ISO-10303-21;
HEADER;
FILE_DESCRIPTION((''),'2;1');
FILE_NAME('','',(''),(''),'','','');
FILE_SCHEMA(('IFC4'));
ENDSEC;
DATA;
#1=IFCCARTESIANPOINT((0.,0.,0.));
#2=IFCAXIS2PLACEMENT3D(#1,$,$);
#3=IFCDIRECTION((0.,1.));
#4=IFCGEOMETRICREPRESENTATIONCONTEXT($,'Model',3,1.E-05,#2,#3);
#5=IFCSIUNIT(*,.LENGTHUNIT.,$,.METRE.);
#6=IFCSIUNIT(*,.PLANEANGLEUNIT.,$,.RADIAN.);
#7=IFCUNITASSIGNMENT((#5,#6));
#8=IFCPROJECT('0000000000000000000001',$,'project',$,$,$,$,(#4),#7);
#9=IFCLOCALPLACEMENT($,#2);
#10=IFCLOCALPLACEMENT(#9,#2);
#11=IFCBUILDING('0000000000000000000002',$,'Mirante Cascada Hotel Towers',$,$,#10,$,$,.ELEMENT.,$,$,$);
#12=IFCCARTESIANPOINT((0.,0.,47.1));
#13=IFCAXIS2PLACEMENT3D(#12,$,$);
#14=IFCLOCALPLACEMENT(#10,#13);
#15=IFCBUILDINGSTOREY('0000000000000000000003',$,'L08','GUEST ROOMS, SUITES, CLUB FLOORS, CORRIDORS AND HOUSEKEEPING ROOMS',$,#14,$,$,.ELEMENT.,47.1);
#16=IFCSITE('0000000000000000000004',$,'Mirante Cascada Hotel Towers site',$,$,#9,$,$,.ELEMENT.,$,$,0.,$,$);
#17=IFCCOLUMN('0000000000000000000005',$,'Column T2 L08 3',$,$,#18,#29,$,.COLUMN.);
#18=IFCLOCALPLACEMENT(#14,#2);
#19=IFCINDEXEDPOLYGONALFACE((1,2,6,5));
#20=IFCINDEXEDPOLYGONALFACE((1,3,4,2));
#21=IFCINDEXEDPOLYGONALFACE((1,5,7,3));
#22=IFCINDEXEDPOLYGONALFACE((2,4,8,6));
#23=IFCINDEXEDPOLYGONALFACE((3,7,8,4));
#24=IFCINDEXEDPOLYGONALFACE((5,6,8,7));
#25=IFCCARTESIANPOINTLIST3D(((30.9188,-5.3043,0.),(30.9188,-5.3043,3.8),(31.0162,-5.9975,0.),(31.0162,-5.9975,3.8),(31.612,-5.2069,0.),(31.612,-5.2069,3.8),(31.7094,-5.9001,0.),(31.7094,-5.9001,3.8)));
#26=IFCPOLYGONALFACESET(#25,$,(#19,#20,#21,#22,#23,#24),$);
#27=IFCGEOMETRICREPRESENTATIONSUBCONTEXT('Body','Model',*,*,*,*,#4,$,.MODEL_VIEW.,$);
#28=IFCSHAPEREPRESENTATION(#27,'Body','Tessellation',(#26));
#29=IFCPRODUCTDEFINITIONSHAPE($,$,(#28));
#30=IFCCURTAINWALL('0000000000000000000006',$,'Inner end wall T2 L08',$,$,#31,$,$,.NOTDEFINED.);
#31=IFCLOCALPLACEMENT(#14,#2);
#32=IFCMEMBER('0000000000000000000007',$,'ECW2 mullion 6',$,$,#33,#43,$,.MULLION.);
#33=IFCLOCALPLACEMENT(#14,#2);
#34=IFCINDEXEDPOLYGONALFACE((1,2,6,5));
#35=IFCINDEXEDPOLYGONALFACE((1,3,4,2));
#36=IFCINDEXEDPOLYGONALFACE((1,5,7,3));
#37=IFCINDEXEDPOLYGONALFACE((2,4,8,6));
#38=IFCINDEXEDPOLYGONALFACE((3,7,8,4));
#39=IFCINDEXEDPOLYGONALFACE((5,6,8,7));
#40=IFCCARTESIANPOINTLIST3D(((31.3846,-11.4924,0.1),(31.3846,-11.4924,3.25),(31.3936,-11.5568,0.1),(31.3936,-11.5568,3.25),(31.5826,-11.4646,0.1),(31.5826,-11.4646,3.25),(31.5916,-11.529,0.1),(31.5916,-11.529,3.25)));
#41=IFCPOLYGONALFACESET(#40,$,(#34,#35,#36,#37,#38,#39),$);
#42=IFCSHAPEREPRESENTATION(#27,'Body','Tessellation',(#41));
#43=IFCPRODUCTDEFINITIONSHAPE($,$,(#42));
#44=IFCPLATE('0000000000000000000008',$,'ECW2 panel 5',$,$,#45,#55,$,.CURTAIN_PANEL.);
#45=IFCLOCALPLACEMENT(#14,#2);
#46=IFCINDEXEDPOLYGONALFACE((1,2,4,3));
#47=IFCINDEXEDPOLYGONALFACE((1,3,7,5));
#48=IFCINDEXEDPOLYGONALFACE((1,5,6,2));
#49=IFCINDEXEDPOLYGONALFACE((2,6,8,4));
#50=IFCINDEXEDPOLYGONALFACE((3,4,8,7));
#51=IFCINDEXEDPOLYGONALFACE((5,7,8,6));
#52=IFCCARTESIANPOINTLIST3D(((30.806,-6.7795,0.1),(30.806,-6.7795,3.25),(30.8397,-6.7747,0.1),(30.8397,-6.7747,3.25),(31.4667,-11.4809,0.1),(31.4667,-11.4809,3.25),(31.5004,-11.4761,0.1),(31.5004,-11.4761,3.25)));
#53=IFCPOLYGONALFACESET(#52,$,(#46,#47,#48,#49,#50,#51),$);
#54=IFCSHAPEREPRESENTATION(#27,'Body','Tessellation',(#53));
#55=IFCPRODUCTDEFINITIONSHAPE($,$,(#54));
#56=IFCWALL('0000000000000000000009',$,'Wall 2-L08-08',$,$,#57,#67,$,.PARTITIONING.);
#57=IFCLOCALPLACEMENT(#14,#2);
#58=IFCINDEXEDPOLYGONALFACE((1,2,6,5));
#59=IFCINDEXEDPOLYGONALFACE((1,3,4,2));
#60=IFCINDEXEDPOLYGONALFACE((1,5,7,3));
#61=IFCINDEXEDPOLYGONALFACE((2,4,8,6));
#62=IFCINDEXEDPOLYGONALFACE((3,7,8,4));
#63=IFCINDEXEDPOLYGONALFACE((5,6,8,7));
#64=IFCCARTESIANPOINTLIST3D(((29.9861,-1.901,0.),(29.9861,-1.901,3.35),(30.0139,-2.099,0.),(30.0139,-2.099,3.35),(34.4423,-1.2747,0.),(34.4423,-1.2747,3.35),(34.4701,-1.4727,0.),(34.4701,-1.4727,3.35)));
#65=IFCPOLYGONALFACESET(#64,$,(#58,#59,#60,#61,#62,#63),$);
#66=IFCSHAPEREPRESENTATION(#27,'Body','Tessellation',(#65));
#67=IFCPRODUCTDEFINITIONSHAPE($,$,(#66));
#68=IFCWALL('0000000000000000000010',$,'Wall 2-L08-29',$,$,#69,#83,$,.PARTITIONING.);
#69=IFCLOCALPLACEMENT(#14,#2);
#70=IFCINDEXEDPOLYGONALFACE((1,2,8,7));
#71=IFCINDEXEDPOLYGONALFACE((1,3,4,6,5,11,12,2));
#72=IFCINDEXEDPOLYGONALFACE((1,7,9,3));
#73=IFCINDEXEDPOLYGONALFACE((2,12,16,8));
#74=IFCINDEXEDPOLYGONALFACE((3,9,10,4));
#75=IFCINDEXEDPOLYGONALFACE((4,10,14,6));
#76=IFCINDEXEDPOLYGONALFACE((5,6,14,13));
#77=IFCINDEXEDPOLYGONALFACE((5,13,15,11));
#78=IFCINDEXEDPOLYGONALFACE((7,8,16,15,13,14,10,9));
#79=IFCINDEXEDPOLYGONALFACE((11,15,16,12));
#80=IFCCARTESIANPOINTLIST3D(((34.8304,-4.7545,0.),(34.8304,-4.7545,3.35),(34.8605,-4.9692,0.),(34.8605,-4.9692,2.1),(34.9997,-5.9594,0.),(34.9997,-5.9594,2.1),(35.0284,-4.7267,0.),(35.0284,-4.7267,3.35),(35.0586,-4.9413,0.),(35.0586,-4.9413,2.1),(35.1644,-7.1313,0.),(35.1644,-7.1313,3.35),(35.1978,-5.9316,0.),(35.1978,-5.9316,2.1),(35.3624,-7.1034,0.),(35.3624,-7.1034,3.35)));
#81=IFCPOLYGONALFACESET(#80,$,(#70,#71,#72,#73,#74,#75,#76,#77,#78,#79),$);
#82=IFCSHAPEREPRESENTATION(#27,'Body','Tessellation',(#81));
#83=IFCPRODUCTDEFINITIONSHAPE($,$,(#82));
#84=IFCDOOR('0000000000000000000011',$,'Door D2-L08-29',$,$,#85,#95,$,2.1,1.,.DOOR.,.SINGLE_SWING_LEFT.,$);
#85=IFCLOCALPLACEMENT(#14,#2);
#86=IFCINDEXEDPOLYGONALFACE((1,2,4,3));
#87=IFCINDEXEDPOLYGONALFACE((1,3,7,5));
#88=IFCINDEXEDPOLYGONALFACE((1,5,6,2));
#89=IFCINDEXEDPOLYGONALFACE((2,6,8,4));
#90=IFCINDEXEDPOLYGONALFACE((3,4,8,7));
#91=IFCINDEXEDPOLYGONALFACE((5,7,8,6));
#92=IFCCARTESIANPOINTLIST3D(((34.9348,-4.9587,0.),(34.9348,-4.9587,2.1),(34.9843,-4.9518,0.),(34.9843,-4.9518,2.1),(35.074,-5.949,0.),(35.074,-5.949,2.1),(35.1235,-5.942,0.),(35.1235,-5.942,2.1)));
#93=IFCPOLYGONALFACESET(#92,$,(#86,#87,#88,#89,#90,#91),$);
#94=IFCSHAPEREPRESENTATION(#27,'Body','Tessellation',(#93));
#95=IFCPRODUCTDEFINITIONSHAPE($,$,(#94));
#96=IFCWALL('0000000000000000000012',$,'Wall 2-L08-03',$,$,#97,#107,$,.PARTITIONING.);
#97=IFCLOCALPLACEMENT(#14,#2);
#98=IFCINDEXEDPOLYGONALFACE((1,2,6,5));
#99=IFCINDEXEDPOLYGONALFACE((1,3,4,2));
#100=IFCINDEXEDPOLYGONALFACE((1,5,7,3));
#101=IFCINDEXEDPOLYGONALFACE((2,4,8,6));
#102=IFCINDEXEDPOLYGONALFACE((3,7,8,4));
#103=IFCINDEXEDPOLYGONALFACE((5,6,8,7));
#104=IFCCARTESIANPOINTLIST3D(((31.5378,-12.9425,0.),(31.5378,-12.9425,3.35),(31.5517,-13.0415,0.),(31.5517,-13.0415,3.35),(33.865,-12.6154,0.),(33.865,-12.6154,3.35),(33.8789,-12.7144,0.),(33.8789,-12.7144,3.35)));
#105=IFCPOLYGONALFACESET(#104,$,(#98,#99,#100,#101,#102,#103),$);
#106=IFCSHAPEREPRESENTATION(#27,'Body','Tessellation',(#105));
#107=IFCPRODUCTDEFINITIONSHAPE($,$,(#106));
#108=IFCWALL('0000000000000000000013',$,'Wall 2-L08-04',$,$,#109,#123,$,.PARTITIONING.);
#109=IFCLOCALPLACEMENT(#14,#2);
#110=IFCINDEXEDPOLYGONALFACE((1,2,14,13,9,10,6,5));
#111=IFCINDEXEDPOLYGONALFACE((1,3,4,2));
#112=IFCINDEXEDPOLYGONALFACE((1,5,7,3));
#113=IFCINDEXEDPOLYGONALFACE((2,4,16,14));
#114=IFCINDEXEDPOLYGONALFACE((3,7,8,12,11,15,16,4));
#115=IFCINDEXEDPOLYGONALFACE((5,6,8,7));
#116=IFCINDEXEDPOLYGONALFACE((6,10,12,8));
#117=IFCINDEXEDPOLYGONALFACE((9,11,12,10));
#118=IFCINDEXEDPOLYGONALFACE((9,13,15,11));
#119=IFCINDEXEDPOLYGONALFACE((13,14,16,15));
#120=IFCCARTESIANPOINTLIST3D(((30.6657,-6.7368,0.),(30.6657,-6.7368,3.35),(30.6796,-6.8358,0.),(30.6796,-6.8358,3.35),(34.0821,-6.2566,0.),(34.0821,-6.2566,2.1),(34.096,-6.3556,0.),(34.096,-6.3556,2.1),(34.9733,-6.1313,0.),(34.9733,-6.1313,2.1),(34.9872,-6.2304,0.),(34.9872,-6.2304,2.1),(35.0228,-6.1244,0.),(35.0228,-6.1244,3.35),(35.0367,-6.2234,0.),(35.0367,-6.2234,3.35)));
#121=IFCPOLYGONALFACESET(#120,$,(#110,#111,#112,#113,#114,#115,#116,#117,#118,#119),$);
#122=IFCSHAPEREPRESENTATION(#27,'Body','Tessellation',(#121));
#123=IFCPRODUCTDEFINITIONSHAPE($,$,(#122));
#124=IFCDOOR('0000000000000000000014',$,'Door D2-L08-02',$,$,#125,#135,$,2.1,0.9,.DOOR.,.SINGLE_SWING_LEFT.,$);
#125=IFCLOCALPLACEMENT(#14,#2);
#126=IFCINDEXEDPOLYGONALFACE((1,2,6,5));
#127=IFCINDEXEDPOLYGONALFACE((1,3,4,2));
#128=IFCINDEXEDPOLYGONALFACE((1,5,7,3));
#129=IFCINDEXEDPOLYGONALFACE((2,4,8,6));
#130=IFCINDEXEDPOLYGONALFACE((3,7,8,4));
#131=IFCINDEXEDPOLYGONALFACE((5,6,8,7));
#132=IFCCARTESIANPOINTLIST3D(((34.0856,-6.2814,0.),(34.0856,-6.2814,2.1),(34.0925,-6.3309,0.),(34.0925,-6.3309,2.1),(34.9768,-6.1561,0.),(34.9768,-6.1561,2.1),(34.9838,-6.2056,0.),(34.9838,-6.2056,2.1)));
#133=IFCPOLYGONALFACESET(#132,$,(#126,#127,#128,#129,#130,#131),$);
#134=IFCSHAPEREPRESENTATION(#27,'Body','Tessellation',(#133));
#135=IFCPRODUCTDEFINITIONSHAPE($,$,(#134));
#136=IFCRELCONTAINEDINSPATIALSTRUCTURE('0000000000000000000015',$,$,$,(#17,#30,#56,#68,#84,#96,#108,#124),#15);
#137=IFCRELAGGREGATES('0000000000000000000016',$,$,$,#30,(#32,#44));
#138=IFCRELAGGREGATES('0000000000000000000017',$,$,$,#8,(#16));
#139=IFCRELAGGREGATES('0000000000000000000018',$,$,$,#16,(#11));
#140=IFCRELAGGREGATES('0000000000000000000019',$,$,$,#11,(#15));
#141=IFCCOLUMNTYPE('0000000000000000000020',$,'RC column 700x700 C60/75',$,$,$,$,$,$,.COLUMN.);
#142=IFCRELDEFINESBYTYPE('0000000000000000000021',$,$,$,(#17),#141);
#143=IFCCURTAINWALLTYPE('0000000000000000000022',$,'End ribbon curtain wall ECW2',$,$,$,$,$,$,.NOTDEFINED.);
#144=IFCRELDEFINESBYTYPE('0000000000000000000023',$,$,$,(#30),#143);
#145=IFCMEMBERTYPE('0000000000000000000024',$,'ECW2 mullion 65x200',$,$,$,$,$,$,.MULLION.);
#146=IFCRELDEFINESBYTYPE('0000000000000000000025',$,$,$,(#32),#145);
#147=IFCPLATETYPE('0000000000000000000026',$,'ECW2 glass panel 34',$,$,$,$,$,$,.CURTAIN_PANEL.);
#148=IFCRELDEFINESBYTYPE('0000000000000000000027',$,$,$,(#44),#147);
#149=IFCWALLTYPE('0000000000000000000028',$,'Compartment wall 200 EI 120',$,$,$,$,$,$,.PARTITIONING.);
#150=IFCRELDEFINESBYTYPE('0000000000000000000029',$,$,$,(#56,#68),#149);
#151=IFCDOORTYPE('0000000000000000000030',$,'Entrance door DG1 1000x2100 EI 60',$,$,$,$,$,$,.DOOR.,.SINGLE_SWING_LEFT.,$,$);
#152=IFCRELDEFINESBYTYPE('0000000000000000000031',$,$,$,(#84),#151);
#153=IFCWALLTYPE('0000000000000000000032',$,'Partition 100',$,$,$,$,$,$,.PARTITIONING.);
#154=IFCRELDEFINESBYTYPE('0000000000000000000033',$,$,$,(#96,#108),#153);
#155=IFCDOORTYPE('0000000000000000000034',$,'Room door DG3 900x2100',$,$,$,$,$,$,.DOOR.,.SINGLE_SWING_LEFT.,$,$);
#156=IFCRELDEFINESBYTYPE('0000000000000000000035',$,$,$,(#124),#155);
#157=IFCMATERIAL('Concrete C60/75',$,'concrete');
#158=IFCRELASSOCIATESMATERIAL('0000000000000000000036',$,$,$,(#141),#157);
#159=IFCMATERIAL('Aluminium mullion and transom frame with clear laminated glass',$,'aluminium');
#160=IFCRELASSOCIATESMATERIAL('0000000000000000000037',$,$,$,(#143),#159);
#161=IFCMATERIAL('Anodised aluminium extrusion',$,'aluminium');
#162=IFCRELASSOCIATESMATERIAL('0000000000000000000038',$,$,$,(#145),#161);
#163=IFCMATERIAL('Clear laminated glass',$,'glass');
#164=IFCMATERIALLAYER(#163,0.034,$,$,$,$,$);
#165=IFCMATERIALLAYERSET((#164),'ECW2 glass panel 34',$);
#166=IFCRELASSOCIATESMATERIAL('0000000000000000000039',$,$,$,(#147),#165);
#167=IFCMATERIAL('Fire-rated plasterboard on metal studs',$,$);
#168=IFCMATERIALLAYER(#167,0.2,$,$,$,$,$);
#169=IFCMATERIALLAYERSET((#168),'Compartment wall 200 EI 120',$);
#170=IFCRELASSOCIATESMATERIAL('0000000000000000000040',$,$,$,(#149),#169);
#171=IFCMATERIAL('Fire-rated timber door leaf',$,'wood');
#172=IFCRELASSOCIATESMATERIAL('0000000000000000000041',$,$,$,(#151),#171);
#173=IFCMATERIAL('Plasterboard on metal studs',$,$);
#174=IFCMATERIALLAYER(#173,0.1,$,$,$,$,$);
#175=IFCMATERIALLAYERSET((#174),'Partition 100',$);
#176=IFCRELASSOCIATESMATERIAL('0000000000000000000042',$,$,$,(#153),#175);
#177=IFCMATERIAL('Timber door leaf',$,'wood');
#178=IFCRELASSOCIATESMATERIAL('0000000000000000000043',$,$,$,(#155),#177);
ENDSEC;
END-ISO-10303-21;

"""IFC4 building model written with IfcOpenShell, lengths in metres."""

from ifc_helpers import new_model, si_unit, direction, frame, frame_2d, origin, origin_2d, place, context, subcontext, project, spatial, rectangle, extrude, material, layer, layer_set, material_profile, profile_set, type_object, element, fill, aggregate, save


model = new_model("IFC4")

# Units and contexts
model_context = context("Model", 3, precision=1e-05, world=origin(), true_north=direction((0.0, 1.0)))
body_context = subcontext(model_context, "Body", "Model", "MODEL_VIEW")
ifc_project = project(units=[si_unit("LENGTHUNIT", "METRE"), si_unit("PLANEANGLEUNIT", "RADIAN")], contexts=[model_context])

# Site, building, storey
site_placement = place(None, origin())
site = spatial("IfcSite", under=ifc_project, at=site_placement, Name="Mirante Cascada Hotel Towers site", CompositionType="ELEMENT", RefElevation=0.0)
building_placement = place(site_placement, origin())
building = spatial("IfcBuilding", under=site, at=building_placement, Name="Mirante Cascada Hotel Towers", CompositionType="ELEMENT")
storey_placement = place(building_placement, frame((0.0, 0.0, 47.1)))
storey = spatial("IfcBuildingStorey", under=building, at=storey_placement, Name="L08", Description="GUEST ROOMS, SUITES, CLUB FLOORS, CORRIDORS AND HOUSEKEEPING ROOMS", CompositionType="ELEMENT", Elevation=47.1)

# Column
ifc_material_1 = material(Name="Concrete C60/75", Category="concrete")
ifc_material_profile_1 = material_profile(ifc_material_1, rectangle(XDim=0.7, YDim=0.7, at=origin_2d()), Name="RC column 700x700 C60/75")
ifc_profile_set_1 = profile_set([ifc_material_profile_1], Name="Concrete C60/75")
column_type = type_object("IfcColumnType", Name="RC column 700x700 C60/75", PredefinedType="COLUMN", material=ifc_profile_set_1)
column_placement = place(storey_placement, frame((31.3141, -5.6022, 0.0), z_axis=(0.0, 0.0, 1.0), x_axis=(0.990268, 0.139173, 0.0)))
element("IfcColumn", 1, at=column_placement, inside=storey, type_object=column_type, Name="Column T2 L08 3", PredefinedType="COLUMN", context=body_context, shape_type="SweptSolid", body=[
    extrude(rectangle(XDim=0.7, YDim=0.7, at=origin_2d()), origin(), (0.0, 0.0, 1.0), 3.8),
])

# Curtain wall, member, plate
ifc_material_2 = material(Name="Aluminium mullion and transom frame with clear laminated glass", Category="aluminium")
curtain_wall_type = type_object("IfcCurtainWallType", Name="End ribbon curtain wall ECW2", PredefinedType="NOTDEFINED", material=ifc_material_2)
curtain_wall_placement = place(storey_placement, origin())
curtain_wall = element("IfcCurtainWall", 2, at=curtain_wall_placement, inside=storey, type_object=curtain_wall_type, Name="Inner end wall T2 L08", PredefinedType="NOTDEFINED")
ifc_material_3 = material(Name="Anodised aluminium extrusion", Category="aluminium")
ifc_material_profile_2 = material_profile(ifc_material_3, rectangle(XDim=0.2, YDim=0.065, at=origin_2d()), Name="ECW2 MULLION 65x200")
ifc_profile_set_2 = profile_set([ifc_material_profile_2], Name="Anodised aluminium extrusion")
member_type = type_object("IfcMemberType", Name="ECW2 mullion 65x200", PredefinedType="MULLION", material=ifc_profile_set_2)
member_placement = place(storey_placement, frame((31.4881, -11.5107, 0.1), z_axis=(0.0, 0.0, 1.0), x_axis=(0.990268, 0.139173, 0.0)))
member = element("IfcMember", 3, at=member_placement, type_object=member_type, Name="ECW2 mullion 6", PredefinedType="MULLION", context=body_context, shape_type="SweptSolid", body=[
    extrude(rectangle(XDim=0.2, YDim=0.065, at=origin_2d()), origin(), (0.0, 0.0, 1.0), 3.15),
])
ifc_material_4 = material(Name="Clear laminated glass", Category="glass")
ifc_layer_1 = layer(ifc_material_4, 0.034)
ifc_layer_set_1 = layer_set([ifc_layer_1], Name="ECW2 glass panel 34")
plate_type = type_object("IfcPlateType", Name="ECW2 glass panel 34", PredefinedType="CURTAIN_PANEL", material=ifc_layer_set_1)
plate_placement = place(storey_placement, frame((31.1532, -9.1278, 0.1), z_axis=(0.0, 0.0, 1.0), x_axis=(0.139173, -0.990268, 0.0)))
plate = element("IfcPlate", 4, at=plate_placement, type_object=plate_type, Name="ECW2 panel 5", PredefinedType="CURTAIN_PANEL", context=body_context, shape_type="SweptSolid", body=[
    extrude(rectangle(XDim=4.7476, YDim=0.034, at=origin_2d()), origin(), (0.0, 0.0, 1.0), 3.15),
])
aggregate(curtain_wall, [member, plate])

# Wall
ifc_material_5 = material(Name="Fire-rated plasterboard on metal studs")
ifc_layer_2 = layer(ifc_material_5, 0.2)
ifc_layer_set_2 = layer_set([ifc_layer_2], Name="Compartment wall 200 EI 120")
wall_type_1 = type_object("IfcWallType", Name="Compartment wall 200 EI 120", PredefinedType="PARTITIONING", material=ifc_layer_set_2)
wall_1_placement = place(storey_placement, frame((34.4562, -1.3737, 0.0), z_axis=(0.0, 0.0, 1.0), x_axis=(-0.990267, -0.139178, 0.0)))
element("IfcWall", 5, at=wall_1_placement, inside=storey, type_object=wall_type_1, Name="Wall 2-L08-08", PredefinedType="PARTITIONING", context=body_context, shape_type="SweptSolid", body=[
    extrude(rectangle(XDim=4.5, YDim=0.2, at=frame_2d((2.25, 0.0))), origin(), (0.0, 0.0, 1.0), 3.35),
])

# Wall, opening, door
wall_2_placement = place(storey_placement, frame((35.2634, -7.1173, 0.0), z_axis=(0.0, 0.0, 1.0), x_axis=(-0.139163, 0.990269, 0.0)))
wall_2 = element("IfcWall", 6, at=wall_2_placement, inside=storey, type_object=wall_type_1, Name="Wall 2-L08-29", PredefinedType="PARTITIONING", context=body_context, shape_type="SweptSolid", body=[
    extrude(rectangle(XDim=2.4001, YDim=0.2, at=frame_2d((1.2, 0.0))), origin(), (0.0, 0.0, 1.0), 3.35),
])
opening_1_placement = place(wall_2_placement, frame((1.1833, 0.0, 0.0)))
opening_1 = element("IfcOpeningElement", 7, at=opening_1_placement, cuts=wall_2, PredefinedType="OPENING", context=body_context, shape_type="SweptSolid", body=[
    extrude(rectangle(XDim=1.0, YDim=2.1, at=frame_2d((0.5, 1.05))), frame((0.0, 0.1, 0.0), z_axis=(0.0, -1.0, 0.0), x_axis=(1.0, 0.0, 0.0)), (0.0, 0.0, 1.0), 0.2),
])
ifc_material_6 = material(Name="Fire-rated timber door leaf", Category="wood")
door_type_1 = type_object("IfcDoorType", Name="Entrance door DG1 1000x2100 EI 60", OperationType="SINGLE_SWING_LEFT", PredefinedType="DOOR", material=ifc_material_6)
door_1_placement = place(opening_1_placement, origin())
door_1 = element("IfcDoor", 8, at=door_1_placement, inside=storey, type_object=door_type_1, Name="Door D2-L08-29", OperationType="SINGLE_SWING_LEFT", OverallHeight=2.1, OverallWidth=1.0, PredefinedType="DOOR", context=body_context, shape_type="SweptSolid", body=[
    extrude(rectangle(XDim=1.0, YDim=2.1, at=frame_2d((0.5, 1.05))), frame((0.0, 0.025, 0.0), z_axis=(0.0, -1.0, 0.0), x_axis=(1.0, 0.0, 0.0)), (0.0, 0.0, 1.0), 0.05),
])
fill(opening_1, door_1)

# Wall
ifc_material_7 = material(Name="Plasterboard on metal studs")
ifc_layer_3 = layer(ifc_material_7, 0.1)
ifc_layer_set_3 = layer_set([ifc_layer_3], Name="Partition 100")
wall_type_2 = type_object("IfcWallType", Name="Partition 100", PredefinedType="PARTITIONING", material=ifc_layer_set_3)
wall_3_placement = place(storey_placement, frame((31.5448, -12.992, 0.0), z_axis=(0.0, 0.0, 1.0), x_axis=(0.990266, 0.139187, 0.0)))
element("IfcWall", 9, at=wall_3_placement, inside=storey, type_object=wall_type_2, Name="Wall 2-L08-03", PredefinedType="PARTITIONING", context=body_context, shape_type="SweptSolid", body=[
    extrude(rectangle(XDim=2.3501, YDim=0.1, at=frame_2d((1.175, 0.0))), origin(), (0.0, 0.0, 1.0), 3.35),
])

# Wall, opening, door
wall_4_placement = place(storey_placement, frame((35.0298, -6.1739, 0.0), z_axis=(0.0, 0.0, 1.0), x_axis=(-0.990267, -0.139184, 0.0)))
wall_4 = element("IfcWall", 10, at=wall_4_placement, inside=storey, type_object=wall_type_2, Name="Wall 2-L08-04", PredefinedType="PARTITIONING", context=body_context, shape_type="SweptSolid", body=[
    extrude(rectangle(XDim=4.3999, YDim=0.1, at=frame_2d((2.2, 0.0))), origin(), (0.0, 0.0, 1.0), 3.35),
])
opening_2_placement = place(wall_4_placement, frame((0.05, 0.0, 0.0)))
opening_2 = element("IfcOpeningElement", 11, at=opening_2_placement, cuts=wall_4, PredefinedType="OPENING", context=body_context, shape_type="SweptSolid", body=[
    extrude(rectangle(XDim=0.9, YDim=2.1, at=frame_2d((0.45, 1.05))), frame((0.0, 0.05, 0.0), z_axis=(0.0, -1.0, 0.0), x_axis=(1.0, 0.0, 0.0)), (0.0, 0.0, 1.0), 0.1),
])
ifc_material_8 = material(Name="Timber door leaf", Category="wood")
door_type_2 = type_object("IfcDoorType", Name="Room door DG3 900x2100", OperationType="SINGLE_SWING_LEFT", PredefinedType="DOOR", material=ifc_material_8)
door_2_placement = place(opening_2_placement, origin())
door_2 = element("IfcDoor", 12, at=door_2_placement, inside=storey, type_object=door_type_2, Name="Door D2-L08-02", OperationType="SINGLE_SWING_LEFT", OverallHeight=2.1, OverallWidth=0.9, PredefinedType="DOOR", context=body_context, shape_type="SweptSolid", body=[
    extrude(rectangle(XDim=0.9, YDim=2.1, at=frame_2d((0.45, 1.05))), frame((0.0, 0.025, 0.0), z_axis=(0.0, -1.0, 0.0), x_axis=(1.0, 0.0, 0.0)), (0.0, 0.0, 1.0), 0.05),
])
fill(opening_2, door_2)

save(model, "model.ifc")
